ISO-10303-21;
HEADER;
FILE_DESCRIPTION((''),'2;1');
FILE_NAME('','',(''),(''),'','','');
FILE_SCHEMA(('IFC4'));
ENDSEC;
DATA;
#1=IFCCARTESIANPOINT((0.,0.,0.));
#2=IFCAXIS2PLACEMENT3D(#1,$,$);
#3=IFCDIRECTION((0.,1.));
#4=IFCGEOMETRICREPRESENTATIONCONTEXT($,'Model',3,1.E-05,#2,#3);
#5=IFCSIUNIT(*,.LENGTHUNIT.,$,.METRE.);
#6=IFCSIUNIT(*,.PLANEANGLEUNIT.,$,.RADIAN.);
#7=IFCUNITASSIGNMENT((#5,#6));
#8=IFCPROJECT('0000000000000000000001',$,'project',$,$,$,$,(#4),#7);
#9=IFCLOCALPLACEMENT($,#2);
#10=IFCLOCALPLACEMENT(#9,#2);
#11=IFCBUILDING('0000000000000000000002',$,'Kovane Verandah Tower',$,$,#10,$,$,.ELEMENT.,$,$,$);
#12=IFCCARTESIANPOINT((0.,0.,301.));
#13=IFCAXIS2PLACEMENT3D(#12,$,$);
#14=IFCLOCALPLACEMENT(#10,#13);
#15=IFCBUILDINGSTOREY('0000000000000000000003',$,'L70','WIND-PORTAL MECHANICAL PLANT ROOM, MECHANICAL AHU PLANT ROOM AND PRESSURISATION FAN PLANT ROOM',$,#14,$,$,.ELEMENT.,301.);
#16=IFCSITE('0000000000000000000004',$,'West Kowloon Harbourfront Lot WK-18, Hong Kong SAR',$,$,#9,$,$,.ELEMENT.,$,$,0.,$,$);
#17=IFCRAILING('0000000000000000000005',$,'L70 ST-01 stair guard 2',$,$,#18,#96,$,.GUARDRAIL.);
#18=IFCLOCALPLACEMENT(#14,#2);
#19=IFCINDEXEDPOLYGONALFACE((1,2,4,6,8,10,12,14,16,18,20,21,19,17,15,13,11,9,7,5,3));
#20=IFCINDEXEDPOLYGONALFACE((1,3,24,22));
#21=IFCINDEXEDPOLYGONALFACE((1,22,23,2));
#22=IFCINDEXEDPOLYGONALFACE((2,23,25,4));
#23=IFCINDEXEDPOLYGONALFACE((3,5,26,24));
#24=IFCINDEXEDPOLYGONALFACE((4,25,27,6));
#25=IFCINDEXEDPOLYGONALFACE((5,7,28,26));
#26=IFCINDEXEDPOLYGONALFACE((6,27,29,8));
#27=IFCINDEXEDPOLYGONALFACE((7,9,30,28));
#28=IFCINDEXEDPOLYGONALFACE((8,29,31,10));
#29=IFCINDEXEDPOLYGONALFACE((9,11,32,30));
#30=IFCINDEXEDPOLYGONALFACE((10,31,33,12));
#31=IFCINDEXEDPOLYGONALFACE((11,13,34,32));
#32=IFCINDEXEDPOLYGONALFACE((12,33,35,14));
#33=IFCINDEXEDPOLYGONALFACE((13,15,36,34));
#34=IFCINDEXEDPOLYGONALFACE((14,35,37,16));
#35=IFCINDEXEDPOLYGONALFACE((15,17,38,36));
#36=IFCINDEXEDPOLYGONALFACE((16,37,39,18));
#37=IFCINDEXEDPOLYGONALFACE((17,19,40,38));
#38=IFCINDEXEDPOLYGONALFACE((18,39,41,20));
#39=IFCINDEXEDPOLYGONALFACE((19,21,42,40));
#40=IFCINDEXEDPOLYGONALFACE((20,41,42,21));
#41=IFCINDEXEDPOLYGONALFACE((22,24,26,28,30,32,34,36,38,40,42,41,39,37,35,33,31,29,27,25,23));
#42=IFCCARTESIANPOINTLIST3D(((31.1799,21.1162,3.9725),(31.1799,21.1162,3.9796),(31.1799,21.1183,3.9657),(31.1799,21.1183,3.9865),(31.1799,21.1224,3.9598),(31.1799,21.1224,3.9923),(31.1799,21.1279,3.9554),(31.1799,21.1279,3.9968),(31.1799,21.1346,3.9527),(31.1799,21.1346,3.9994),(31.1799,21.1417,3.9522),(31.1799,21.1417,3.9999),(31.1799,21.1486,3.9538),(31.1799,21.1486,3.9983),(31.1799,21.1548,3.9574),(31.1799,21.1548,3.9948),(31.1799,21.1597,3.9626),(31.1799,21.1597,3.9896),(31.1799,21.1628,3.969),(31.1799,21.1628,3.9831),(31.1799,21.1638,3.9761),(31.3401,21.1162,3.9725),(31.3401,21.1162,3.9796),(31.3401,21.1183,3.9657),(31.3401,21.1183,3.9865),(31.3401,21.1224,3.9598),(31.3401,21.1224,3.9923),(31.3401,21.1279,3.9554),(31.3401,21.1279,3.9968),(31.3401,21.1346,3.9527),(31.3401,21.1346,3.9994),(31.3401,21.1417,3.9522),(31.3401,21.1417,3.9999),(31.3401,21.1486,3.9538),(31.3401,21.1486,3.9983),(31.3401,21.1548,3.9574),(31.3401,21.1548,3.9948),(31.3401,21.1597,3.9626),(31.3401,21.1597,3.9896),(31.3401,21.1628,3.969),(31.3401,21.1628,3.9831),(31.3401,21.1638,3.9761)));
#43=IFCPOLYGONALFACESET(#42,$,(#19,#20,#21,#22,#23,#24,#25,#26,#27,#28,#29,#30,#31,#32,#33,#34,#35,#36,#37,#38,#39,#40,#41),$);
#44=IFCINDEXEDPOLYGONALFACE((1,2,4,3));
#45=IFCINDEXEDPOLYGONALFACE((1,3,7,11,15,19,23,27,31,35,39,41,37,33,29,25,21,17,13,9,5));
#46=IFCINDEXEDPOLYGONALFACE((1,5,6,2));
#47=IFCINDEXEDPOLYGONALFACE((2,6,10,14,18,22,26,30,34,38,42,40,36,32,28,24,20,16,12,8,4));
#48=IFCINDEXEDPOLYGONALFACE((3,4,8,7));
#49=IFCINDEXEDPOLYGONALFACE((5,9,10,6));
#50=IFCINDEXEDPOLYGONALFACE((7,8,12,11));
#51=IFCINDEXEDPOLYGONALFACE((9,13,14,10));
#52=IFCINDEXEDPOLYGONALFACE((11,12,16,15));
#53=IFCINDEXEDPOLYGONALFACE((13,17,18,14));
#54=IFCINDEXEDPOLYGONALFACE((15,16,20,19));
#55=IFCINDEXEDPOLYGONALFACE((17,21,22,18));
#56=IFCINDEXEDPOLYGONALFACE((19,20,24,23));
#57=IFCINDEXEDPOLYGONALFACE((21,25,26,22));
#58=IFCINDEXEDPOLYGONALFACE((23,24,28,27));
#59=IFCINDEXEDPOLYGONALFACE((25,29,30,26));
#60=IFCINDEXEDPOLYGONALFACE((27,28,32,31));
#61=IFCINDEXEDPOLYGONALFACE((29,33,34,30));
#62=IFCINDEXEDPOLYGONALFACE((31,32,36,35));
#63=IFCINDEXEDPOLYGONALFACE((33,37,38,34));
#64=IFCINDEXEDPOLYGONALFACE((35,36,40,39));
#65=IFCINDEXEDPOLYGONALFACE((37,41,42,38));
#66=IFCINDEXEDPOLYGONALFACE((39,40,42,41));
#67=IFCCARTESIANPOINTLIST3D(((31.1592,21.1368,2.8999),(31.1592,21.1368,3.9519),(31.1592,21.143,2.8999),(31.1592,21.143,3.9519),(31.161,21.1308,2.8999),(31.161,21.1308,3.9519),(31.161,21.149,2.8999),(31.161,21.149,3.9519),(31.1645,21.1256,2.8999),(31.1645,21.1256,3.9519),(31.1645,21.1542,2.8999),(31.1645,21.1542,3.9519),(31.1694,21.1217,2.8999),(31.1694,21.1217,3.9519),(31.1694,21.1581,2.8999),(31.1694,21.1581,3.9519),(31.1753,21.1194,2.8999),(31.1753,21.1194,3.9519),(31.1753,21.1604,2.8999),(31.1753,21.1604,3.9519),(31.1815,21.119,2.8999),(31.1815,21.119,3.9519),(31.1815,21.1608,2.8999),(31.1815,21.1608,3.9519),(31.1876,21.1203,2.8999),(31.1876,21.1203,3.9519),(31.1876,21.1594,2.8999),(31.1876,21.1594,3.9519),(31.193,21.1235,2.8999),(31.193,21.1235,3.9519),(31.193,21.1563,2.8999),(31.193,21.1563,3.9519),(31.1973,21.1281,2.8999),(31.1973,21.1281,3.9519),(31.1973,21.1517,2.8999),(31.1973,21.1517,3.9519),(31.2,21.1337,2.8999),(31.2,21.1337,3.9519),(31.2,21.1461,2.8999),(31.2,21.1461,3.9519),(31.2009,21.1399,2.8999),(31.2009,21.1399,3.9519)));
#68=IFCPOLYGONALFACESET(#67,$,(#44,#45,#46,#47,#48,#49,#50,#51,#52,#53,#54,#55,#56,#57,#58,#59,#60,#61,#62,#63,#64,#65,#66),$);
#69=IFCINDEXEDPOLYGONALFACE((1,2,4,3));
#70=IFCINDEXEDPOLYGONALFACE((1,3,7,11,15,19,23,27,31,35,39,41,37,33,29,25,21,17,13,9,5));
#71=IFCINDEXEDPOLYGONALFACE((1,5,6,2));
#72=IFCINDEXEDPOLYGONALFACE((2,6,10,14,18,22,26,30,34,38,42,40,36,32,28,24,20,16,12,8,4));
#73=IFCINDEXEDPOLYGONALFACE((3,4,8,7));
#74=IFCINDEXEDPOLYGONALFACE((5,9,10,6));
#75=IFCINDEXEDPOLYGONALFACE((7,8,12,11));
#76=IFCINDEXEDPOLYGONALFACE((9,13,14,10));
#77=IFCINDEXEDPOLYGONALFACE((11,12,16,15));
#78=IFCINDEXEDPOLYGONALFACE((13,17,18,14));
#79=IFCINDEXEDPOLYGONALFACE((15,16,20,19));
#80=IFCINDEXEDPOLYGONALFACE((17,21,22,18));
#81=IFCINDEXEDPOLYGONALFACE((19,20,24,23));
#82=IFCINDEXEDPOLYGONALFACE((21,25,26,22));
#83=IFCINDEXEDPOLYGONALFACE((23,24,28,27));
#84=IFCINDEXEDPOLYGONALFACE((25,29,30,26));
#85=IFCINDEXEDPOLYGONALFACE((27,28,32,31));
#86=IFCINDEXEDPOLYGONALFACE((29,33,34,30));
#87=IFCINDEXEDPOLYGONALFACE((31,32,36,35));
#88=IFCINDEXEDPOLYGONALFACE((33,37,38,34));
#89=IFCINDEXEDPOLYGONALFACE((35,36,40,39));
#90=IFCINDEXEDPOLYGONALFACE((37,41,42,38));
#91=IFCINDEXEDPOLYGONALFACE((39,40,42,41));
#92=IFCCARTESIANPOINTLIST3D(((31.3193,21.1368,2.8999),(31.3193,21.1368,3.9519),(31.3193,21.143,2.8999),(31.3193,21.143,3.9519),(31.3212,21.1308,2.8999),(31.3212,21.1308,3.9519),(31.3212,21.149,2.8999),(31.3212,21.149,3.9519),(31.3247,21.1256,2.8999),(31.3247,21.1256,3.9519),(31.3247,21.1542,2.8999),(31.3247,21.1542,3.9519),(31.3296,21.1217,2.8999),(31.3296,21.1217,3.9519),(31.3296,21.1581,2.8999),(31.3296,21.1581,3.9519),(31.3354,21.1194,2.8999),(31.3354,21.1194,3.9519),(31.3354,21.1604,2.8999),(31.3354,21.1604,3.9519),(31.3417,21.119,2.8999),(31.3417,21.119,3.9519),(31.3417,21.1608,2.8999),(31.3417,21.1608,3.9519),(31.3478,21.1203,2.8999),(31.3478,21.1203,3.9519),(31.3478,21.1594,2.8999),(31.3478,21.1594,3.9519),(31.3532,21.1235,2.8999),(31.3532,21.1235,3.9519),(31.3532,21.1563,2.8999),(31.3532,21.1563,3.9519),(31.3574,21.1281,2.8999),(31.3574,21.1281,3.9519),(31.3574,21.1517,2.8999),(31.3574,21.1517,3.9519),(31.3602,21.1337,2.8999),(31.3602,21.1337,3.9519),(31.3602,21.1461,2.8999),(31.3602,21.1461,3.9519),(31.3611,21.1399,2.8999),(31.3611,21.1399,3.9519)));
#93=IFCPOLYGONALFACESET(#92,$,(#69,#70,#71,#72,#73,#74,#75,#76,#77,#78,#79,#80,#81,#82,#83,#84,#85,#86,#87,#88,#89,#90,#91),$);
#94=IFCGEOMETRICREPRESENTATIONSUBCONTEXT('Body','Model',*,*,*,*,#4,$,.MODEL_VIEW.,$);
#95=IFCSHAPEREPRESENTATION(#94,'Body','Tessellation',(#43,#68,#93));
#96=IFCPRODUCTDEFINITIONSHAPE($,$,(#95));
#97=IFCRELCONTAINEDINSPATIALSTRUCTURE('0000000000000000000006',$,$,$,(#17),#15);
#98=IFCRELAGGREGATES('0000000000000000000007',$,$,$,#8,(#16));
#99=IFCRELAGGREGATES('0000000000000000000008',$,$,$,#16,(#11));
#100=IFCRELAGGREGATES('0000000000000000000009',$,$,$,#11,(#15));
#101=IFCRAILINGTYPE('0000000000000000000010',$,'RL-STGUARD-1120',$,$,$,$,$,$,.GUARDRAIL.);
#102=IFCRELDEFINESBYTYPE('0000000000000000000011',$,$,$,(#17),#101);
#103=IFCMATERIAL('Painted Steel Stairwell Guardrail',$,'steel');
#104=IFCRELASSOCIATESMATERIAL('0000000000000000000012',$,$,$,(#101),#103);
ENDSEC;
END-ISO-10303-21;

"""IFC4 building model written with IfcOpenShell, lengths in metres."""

from ifc_helpers import new_model, si_unit, direction, frame, origin, origin_2d, place, context, subcontext, project, spatial, circle, extrude, material, type_object, element, save


model = new_model("IFC4")

# Units and contexts
model_context = context("Model", 3, precision=1e-05, world=origin(), true_north=direction((0.0, 1.0)))
body_context = subcontext(model_context, "Body", "Model", "MODEL_VIEW")
ifc_project = project(units=[si_unit("LENGTHUNIT", "METRE"), si_unit("PLANEANGLEUNIT", "RADIAN")], contexts=[model_context])

# Site, building, storey
site_placement = place(None, origin())
site = spatial("IfcSite", under=ifc_project, at=site_placement, Name="West Kowloon Harbourfront Lot WK-18, Hong Kong SAR", CompositionType="ELEMENT", RefElevation=0.0)
building_placement = place(site_placement, origin())
building = spatial("IfcBuilding", under=site, at=building_placement, Name="Kovane Verandah Tower", CompositionType="ELEMENT")
storey_placement = place(building_placement, frame((0.0, 0.0, 301.0)))
storey = spatial("IfcBuildingStorey", under=building, at=storey_placement, Name="L70", Description="WIND-PORTAL MECHANICAL PLANT ROOM, MECHANICAL AHU PLANT ROOM AND PRESSURISATION FAN PLANT ROOM", CompositionType="ELEMENT", Elevation=301.0)

# Railing
ifc_material_1 = material(Name="Painted Steel Stairwell Guardrail", Category="steel")
railing_type_1 = type_object("IfcRailingType", Name="RL-STGUARD-1120", PredefinedType="GUARDRAIL", material=ifc_material_1)
railing_1_placement = place(storey_placement, frame((31.1799, 21.1399, 2.8999)))
element("IfcRailing", 1, at=railing_1_placement, inside=storey, type_object=railing_type_1, Name="L70 ST-01 stair guard 2", PredefinedType="GUARDRAIL", context=body_context, shape_type="SweptSolid", body=[
    extrude(circle(Radius=0.0239, at=origin_2d()), frame((0.0, 0.0, 1.0762), z_axis=(1.0, 0.0, 0.0), x_axis=(0.0, 1.0, 0.0)), (0.0, 0.0, 1.0), 0.1602),
    extrude(circle(Radius=0.021, at=origin_2d()), origin(), (0.0, 0.0, 1.0), 1.052),
    extrude(circle(Radius=0.021, at=origin_2d()), frame((0.1602, 0.0, 0.0)), (0.0, 0.0, 1.0), 1.052),
])

save(model, "model.ifc")
